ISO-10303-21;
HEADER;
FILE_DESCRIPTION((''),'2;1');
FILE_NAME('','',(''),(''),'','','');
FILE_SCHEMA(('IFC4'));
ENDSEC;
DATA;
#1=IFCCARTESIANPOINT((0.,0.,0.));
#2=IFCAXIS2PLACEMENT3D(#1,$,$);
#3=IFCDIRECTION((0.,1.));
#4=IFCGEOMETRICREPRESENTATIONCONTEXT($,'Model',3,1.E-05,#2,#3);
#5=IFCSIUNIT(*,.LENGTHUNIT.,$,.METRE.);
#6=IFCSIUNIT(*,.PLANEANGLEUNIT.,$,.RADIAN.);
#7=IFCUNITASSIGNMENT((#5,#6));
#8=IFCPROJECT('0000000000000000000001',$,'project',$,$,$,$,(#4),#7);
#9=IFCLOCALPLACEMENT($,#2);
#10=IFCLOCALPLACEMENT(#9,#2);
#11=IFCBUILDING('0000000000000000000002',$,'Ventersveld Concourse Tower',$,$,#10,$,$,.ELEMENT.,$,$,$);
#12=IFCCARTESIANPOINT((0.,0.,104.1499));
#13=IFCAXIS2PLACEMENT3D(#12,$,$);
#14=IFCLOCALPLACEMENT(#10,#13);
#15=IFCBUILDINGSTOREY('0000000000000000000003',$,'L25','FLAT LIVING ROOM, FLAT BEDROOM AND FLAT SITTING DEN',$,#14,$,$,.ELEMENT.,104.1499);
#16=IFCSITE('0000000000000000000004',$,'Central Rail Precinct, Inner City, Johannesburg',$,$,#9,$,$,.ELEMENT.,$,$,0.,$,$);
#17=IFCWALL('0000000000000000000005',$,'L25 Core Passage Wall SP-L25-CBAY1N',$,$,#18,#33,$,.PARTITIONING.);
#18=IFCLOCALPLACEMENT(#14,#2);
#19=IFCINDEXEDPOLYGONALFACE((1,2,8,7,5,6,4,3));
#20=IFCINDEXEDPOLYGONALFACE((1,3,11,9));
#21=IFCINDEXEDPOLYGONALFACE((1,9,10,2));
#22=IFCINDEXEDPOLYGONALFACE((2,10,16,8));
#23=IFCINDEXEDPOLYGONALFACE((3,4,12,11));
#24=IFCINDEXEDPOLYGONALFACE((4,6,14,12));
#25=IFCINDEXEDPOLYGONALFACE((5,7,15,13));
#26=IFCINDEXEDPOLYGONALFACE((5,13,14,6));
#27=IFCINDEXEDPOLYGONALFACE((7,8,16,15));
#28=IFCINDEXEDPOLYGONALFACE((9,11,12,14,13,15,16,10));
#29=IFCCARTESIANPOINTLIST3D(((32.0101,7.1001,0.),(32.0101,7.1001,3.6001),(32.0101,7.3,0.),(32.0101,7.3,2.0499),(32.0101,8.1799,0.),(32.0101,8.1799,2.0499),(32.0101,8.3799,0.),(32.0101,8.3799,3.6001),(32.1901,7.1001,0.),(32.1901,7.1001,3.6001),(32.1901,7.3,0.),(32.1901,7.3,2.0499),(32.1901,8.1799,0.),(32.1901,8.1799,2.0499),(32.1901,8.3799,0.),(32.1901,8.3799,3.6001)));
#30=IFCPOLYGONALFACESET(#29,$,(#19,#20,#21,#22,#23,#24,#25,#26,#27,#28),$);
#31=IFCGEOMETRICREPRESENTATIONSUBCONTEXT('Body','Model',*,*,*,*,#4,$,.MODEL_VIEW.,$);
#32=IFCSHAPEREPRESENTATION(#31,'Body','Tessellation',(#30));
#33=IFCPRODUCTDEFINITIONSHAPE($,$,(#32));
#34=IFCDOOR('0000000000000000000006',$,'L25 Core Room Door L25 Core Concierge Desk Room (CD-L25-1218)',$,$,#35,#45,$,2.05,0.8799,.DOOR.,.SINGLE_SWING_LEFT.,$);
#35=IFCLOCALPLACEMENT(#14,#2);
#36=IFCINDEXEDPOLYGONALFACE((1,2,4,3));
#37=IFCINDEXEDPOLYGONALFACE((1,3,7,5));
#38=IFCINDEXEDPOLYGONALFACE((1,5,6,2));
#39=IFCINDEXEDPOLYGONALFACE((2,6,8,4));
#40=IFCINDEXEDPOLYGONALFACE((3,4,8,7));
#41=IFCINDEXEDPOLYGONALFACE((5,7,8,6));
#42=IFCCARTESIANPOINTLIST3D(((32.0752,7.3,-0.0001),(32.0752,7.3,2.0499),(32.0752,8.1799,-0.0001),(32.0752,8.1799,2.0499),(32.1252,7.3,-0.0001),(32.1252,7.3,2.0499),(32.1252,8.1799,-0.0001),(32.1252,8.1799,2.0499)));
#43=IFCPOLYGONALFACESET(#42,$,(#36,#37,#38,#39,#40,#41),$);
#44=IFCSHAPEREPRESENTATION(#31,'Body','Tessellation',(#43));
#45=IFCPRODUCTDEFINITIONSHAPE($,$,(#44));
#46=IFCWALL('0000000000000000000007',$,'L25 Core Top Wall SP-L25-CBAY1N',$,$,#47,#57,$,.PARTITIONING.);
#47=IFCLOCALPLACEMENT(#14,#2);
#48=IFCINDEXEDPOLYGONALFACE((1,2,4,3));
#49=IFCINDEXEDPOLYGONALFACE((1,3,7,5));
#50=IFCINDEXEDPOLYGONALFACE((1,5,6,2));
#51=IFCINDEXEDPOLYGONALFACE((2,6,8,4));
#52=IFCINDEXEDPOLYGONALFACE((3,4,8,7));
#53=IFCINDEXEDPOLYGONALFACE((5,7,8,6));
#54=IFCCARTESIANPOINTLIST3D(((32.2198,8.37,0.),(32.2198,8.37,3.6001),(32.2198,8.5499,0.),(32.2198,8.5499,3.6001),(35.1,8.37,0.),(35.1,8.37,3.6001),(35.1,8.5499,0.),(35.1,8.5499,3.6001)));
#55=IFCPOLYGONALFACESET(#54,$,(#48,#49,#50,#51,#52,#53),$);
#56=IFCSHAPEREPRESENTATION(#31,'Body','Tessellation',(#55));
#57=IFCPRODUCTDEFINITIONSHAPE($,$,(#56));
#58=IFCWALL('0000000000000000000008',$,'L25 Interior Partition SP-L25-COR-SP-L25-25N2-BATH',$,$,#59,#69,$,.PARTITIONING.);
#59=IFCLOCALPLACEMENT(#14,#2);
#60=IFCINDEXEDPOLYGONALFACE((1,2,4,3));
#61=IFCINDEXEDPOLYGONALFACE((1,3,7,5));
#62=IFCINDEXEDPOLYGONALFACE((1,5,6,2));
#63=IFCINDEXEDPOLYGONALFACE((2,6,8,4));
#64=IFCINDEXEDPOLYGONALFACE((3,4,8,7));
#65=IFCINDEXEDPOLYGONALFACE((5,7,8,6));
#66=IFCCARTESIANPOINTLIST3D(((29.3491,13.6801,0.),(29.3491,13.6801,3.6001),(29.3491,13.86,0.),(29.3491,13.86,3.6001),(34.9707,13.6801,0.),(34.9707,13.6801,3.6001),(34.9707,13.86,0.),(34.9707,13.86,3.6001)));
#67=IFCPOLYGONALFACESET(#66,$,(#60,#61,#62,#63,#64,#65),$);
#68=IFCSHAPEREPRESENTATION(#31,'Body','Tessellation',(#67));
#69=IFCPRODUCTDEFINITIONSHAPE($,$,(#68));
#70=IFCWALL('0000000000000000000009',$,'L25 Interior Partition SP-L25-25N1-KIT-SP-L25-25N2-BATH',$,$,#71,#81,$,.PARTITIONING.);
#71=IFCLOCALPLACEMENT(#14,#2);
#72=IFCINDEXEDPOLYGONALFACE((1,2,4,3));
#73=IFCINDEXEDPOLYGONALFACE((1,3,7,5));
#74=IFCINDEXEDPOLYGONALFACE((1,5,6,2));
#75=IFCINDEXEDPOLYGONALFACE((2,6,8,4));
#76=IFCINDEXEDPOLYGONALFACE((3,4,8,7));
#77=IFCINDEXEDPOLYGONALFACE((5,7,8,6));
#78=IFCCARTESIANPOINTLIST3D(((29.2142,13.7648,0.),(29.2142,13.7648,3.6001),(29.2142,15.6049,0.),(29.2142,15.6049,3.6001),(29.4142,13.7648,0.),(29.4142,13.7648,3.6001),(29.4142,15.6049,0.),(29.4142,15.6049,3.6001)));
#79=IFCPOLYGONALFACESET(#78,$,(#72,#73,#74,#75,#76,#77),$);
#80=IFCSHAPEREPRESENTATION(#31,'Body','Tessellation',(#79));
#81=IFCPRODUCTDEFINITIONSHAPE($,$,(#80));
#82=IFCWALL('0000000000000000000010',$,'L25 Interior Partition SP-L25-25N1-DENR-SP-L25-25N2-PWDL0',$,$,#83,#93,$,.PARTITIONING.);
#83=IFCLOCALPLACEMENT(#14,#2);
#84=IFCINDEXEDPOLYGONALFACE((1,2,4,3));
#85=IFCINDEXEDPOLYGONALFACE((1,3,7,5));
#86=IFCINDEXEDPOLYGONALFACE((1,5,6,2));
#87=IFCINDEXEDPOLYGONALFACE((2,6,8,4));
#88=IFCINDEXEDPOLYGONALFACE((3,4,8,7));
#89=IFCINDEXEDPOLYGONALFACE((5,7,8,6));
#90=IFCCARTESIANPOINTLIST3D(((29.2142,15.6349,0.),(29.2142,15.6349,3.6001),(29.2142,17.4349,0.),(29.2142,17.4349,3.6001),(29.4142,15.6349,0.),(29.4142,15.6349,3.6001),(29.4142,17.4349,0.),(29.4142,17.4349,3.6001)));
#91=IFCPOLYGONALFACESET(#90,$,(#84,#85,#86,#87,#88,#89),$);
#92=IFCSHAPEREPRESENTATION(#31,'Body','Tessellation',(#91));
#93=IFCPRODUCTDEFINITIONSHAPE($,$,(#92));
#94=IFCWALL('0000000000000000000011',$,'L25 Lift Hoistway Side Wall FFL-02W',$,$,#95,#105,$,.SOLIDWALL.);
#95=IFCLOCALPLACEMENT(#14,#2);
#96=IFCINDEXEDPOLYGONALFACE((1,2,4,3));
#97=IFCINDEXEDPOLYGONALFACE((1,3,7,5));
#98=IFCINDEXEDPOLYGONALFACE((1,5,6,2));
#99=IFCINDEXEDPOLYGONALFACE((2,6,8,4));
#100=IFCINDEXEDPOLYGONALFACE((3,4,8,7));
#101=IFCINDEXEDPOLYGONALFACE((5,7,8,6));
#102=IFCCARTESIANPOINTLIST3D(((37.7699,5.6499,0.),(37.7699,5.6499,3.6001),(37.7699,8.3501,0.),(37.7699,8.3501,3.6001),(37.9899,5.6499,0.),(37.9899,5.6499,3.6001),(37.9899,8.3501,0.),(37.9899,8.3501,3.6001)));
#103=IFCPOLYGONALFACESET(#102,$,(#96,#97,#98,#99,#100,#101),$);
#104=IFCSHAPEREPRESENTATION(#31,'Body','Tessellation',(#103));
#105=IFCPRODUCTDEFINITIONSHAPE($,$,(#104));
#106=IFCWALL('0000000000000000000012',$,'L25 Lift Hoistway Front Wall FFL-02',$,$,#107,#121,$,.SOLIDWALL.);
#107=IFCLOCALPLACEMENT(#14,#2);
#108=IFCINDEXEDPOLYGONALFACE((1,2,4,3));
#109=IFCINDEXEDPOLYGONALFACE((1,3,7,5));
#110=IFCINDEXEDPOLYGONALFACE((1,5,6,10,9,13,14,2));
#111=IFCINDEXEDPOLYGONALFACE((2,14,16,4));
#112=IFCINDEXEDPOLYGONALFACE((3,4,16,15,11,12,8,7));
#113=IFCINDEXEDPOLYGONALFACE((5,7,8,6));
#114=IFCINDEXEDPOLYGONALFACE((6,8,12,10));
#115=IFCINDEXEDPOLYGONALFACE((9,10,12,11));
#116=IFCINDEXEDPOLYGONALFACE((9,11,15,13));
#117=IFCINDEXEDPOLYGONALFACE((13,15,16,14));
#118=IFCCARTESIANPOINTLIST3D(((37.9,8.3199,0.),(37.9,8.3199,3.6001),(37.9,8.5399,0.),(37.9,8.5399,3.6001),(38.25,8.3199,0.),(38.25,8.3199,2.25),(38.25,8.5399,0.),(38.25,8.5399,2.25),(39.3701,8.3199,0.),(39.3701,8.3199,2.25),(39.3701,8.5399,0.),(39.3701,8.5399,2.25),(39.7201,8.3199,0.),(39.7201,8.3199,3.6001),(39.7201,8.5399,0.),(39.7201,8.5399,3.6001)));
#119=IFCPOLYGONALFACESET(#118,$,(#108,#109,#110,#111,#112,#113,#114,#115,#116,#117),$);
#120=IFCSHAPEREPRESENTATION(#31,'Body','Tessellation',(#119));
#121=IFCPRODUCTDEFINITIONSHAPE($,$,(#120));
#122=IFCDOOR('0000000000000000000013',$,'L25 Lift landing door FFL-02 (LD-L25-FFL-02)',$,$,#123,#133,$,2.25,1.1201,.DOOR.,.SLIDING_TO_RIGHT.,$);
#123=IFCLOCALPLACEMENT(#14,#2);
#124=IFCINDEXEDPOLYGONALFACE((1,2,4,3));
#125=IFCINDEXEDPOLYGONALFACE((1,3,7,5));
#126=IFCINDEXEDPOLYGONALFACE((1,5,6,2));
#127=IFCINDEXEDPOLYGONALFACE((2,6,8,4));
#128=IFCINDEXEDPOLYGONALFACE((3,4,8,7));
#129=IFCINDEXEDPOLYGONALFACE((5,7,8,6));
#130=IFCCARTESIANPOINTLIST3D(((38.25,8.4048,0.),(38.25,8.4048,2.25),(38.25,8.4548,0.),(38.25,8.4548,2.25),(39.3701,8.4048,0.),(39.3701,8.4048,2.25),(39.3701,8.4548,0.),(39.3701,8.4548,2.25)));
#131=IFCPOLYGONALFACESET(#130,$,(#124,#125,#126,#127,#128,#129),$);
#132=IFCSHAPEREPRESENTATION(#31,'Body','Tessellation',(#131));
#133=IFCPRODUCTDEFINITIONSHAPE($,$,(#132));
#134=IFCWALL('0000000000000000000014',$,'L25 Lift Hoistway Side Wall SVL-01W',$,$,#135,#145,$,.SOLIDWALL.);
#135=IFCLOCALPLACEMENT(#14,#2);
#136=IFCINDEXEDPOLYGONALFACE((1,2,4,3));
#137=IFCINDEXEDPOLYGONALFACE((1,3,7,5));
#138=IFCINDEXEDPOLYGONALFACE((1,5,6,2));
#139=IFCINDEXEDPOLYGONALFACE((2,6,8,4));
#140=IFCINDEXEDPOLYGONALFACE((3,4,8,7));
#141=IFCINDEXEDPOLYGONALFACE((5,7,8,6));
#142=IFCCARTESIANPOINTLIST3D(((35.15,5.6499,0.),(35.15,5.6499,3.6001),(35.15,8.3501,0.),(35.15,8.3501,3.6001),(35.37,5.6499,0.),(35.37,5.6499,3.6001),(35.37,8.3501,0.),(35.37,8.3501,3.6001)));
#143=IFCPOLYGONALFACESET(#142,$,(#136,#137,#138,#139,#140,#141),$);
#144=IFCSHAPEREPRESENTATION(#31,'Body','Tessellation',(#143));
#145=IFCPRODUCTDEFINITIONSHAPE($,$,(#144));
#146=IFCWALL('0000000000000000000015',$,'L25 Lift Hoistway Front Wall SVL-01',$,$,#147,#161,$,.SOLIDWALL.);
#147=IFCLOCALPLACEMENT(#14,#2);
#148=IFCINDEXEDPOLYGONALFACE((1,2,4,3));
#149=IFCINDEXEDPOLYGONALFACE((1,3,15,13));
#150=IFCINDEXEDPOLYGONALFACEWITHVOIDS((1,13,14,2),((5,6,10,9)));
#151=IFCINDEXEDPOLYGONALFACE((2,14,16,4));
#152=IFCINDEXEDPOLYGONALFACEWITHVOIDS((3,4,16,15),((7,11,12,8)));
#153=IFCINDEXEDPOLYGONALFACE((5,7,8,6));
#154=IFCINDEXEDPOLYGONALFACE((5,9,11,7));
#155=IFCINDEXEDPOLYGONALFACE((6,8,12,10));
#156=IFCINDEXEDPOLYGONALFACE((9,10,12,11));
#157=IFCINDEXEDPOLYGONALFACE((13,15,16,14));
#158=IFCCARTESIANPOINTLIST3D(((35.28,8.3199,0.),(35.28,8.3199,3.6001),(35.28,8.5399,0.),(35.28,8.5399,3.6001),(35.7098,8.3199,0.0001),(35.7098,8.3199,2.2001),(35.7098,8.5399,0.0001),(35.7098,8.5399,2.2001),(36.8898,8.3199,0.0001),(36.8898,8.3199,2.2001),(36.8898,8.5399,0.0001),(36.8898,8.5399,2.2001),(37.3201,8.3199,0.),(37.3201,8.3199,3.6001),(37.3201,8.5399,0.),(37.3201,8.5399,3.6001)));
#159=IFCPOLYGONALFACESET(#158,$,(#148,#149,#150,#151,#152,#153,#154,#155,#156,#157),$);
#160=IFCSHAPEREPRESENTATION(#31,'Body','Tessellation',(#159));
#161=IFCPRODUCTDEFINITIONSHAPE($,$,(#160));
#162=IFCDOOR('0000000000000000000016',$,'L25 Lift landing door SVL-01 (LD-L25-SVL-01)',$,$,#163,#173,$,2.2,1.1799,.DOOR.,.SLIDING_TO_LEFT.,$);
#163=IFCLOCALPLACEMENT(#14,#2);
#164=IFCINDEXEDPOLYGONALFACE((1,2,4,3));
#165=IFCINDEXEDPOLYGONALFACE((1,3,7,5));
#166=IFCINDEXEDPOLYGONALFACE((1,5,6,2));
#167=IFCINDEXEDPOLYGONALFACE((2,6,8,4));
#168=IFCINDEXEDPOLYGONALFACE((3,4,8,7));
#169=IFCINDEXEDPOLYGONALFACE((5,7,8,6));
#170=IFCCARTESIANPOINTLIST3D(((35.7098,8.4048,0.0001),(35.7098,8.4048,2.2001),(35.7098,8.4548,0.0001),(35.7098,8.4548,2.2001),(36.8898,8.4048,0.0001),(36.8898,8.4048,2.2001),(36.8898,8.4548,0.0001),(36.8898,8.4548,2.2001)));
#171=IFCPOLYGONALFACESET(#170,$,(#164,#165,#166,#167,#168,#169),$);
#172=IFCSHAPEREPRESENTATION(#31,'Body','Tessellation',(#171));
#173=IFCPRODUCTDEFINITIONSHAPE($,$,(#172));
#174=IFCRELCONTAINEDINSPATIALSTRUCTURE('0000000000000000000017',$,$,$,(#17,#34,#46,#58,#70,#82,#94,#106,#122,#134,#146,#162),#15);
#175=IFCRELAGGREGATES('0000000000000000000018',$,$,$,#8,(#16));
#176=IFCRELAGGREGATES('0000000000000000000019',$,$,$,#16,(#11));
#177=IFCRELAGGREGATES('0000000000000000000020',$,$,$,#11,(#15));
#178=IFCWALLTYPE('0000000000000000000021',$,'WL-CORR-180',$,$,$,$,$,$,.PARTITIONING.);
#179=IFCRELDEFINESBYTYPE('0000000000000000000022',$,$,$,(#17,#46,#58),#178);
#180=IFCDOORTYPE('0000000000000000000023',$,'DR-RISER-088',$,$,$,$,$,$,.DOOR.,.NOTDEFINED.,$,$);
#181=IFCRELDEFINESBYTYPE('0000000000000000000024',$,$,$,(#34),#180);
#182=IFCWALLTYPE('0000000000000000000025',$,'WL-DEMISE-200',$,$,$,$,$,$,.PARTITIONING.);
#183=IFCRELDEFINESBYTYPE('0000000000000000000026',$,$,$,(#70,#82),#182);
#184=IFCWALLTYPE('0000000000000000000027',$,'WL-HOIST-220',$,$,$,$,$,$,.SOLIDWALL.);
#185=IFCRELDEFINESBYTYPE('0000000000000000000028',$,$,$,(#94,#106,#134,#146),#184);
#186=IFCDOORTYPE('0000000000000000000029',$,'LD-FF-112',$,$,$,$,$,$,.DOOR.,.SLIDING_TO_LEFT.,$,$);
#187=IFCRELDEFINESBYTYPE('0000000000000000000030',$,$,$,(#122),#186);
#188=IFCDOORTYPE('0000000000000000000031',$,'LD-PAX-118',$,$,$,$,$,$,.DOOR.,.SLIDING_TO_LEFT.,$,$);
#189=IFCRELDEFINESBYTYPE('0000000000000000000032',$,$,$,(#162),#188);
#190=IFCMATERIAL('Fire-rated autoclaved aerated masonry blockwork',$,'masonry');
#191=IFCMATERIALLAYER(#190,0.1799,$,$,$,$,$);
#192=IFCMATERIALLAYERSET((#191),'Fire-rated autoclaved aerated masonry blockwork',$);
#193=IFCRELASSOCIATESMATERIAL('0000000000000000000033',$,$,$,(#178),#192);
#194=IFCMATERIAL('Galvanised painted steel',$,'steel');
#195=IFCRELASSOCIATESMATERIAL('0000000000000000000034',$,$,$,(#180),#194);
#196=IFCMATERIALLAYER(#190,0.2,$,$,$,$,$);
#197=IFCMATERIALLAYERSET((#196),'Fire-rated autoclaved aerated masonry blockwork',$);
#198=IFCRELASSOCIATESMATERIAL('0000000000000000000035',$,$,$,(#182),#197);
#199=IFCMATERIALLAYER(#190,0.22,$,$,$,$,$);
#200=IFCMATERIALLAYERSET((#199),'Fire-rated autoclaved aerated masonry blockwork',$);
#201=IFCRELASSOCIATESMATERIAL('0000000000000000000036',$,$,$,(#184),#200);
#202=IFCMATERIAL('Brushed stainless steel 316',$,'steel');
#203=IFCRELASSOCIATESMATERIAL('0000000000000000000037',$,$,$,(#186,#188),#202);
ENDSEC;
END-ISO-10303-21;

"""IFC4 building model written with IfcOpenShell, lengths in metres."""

from ifc_helpers import new_model, si_unit, direction, frame, frame_2d, origin, place, context, subcontext, project, spatial, rectangle, extrude, material, layer, layer_set, type_object, element, fill, save


model = new_model("IFC4")

# Units and contexts
model_context = context("Model", 3, precision=1e-05, world=origin(), true_north=direction((0.0, 1.0)))
body_context = subcontext(model_context, "Body", "Model", "MODEL_VIEW")
ifc_project = project(units=[si_unit("LENGTHUNIT", "METRE"), si_unit("PLANEANGLEUNIT", "RADIAN")], contexts=[model_context])

# Site, building, storey
site_placement = place(None, origin())
site = spatial("IfcSite", under=ifc_project, at=site_placement, Name="Central Rail Precinct, Inner City, Johannesburg", CompositionType="ELEMENT", RefElevation=0.0)
building_placement = place(site_placement, origin())
building = spatial("IfcBuilding", under=site, at=building_placement, Name="Ventersveld Concourse Tower", CompositionType="ELEMENT")
storey_placement = place(building_placement, frame((0.0, 0.0, 104.1499)))
storey = spatial("IfcBuildingStorey", under=building, at=storey_placement, Name="L25", Description="FLAT LIVING ROOM, FLAT BEDROOM AND FLAT SITTING DEN", CompositionType="ELEMENT", Elevation=104.1499)

# Shared definitions
ifc_material_1 = material(Name="Fire-rated autoclaved aerated masonry blockwork", Category="masonry")
ifc_layer_1 = layer(ifc_material_1, 0.1799)
ifc_layer_set_1 = layer_set([ifc_layer_1], Name="Fire-rated autoclaved aerated masonry blockwork")
wall_type_1 = type_object("IfcWallType", Name="WL-CORR-180", PredefinedType="PARTITIONING", material=ifc_layer_set_1)
ifc_material_2 = material(Name="Galvanised painted steel", Category="steel")
door_type_1 = type_object("IfcDoorType", Name="DR-RISER-088", OperationType="NOTDEFINED", PredefinedType="DOOR", material=ifc_material_2)

# Wall, opening, door
wall_1_placement = place(storey_placement, frame((32.1001, 7.1001, 0.0), z_axis=(0.0, 0.0, 1.0), x_axis=(0.0, 1.0, 0.0)))
wall_1 = element("IfcWall", 1, at=wall_1_placement, inside=storey, type_object=wall_type_1, Name="L25 Core Passage Wall SP-L25-CBAY1N", PredefinedType="PARTITIONING", context=body_context, shape_type="SweptSolid", body=[
    extrude(rectangle(XDim=1.2798, YDim=0.1799, at=frame_2d((0.6399, 0.0))), origin(), (0.0, 0.0, 1.0), 3.6001),
])
opening_1_placement = place(wall_1_placement, frame((0.2, 0.0, 0.0)))
opening_1 = element("IfcOpeningElement", 2, at=opening_1_placement, cuts=wall_1, PredefinedType="OPENING", context=body_context, shape_type="SweptSolid", body=[
    extrude(rectangle(XDim=0.8799, YDim=2.05, at=frame_2d((0.4399, 1.0249))), frame((0.0, 0.1001, 0.0), z_axis=(0.0, -1.0, 0.0), x_axis=(1.0, 0.0, 0.0)), (0.0, 0.0, 1.0), 0.2),
])
door_1_placement = place(opening_1_placement, origin())
door_1 = element("IfcDoor", 3, at=door_1_placement, inside=storey, type_object=door_type_1, Name="L25 Core Room Door L25 Core Concierge Desk Room (CD-L25-1218)", OperationType="SINGLE_SWING_LEFT", OverallHeight=2.05, OverallWidth=0.8799, PredefinedType="DOOR", context=body_context, shape_type="SweptSolid", body=[
    extrude(rectangle(XDim=0.8799, YDim=2.05, at=frame_2d((0.4399, 1.0249))), frame((0.0, 0.0249, 0.0), z_axis=(0.0, -1.0, 0.0), x_axis=(1.0, 0.0, 0.0)), (0.0, 0.0, 1.0), 0.05),
])
fill(opening_1, door_1)

# Wall
wall_2_placement = place(storey_placement, frame((32.22, 8.46, 0.0), z_axis=(0.0, 0.0, 1.0), x_axis=(1.0, 0.0, 0.0)))
element("IfcWall", 4, at=wall_2_placement, inside=storey, type_object=wall_type_1, Name="L25 Core Top Wall SP-L25-CBAY1N", PredefinedType="PARTITIONING", context=body_context, shape_type="SweptSolid", body=[
    extrude(rectangle(XDim=2.8801, YDim=0.1799, at=frame_2d((1.4399, 0.0))), origin(), (0.0, 0.0, 1.0), 3.6001),
])

# Walls
wall_3_placement = place(storey_placement, frame((29.3491, 13.77, 0.0), z_axis=(0.0, 0.0, 1.0), x_axis=(1.0, 0.0, 0.0)))
element("IfcWall", 5, at=wall_3_placement, inside=storey, type_object=wall_type_1, Name="L25 Interior Partition SP-L25-COR-SP-L25-25N2-BATH", PredefinedType="PARTITIONING", context=body_context, shape_type="SweptSolid", body=[
    extrude(rectangle(XDim=5.6216, YDim=0.1799, at=frame_2d((2.8108, 0.0))), origin(), (0.0, 0.0, 1.0), 3.6001),
])
ifc_layer_2 = layer(ifc_material_1, 0.2)
ifc_layer_set_2 = layer_set([ifc_layer_2], Name="Fire-rated autoclaved aerated masonry blockwork")
wall_type_2 = type_object("IfcWallType", Name="WL-DEMISE-200", PredefinedType="PARTITIONING", material=ifc_layer_set_2)
wall_4_placement = place(storey_placement, frame((29.3142, 13.7649, 0.0), z_axis=(0.0, 0.0, 1.0), x_axis=(0.0, 1.0, 0.0)))
element("IfcWall", 6, at=wall_4_placement, inside=storey, type_object=wall_type_2, Name="L25 Interior Partition SP-L25-25N1-KIT-SP-L25-25N2-BATH", PredefinedType="PARTITIONING", context=body_context, shape_type="SweptSolid", body=[
    extrude(rectangle(XDim=1.8401, YDim=0.2, at=frame_2d((0.9199, 0.0))), origin(), (0.0, 0.0, 1.0), 3.6001),
])
wall_5_placement = place(storey_placement, frame((29.3142, 15.635, 0.0), z_axis=(0.0, 0.0, 1.0), x_axis=(0.0, 1.0, 0.0)))
element("IfcWall", 7, at=wall_5_placement, inside=storey, type_object=wall_type_2, Name="L25 Interior Partition SP-L25-25N1-DENR-SP-L25-25N2-PWDL0", PredefinedType="PARTITIONING", context=body_context, shape_type="SweptSolid", body=[
    extrude(rectangle(XDim=1.8, YDim=0.2, at=frame_2d((0.8999, 0.0))), origin(), (0.0, 0.0, 1.0), 3.6001),
])
ifc_layer_3 = layer(ifc_material_1, 0.22)
ifc_layer_set_3 = layer_set([ifc_layer_3], Name="Fire-rated autoclaved aerated masonry blockwork")
wall_type_3 = type_object("IfcWallType", Name="WL-HOIST-220", PredefinedType="SOLIDWALL", material=ifc_layer_set_3)
wall_6_placement = place(storey_placement, frame((37.8799, 5.6499, 0.0), z_axis=(0.0, 0.0, 1.0), x_axis=(0.0, 1.0, 0.0)))
element("IfcWall", 8, at=wall_6_placement, inside=storey, type_object=wall_type_3, Name="L25 Lift Hoistway Side Wall FFL-02W", PredefinedType="SOLIDWALL", context=body_context, shape_type="SweptSolid", body=[
    extrude(rectangle(XDim=2.7002, YDim=0.22, at=frame_2d((1.3501, 0.0))), origin(), (0.0, 0.0, 1.0), 3.6001),
])

# Wall, opening, door
wall_7_placement = place(storey_placement, frame((37.8999, 8.4299, 0.0), z_axis=(0.0, 0.0, 1.0), x_axis=(1.0, 0.0, 0.0)))
wall_7 = element("IfcWall", 9, at=wall_7_placement, inside=storey, type_object=wall_type_3, Name="L25 Lift Hoistway Front Wall FFL-02", PredefinedType="SOLIDWALL", context=body_context, shape_type="SweptSolid", body=[
    extrude(rectangle(XDim=1.8201, YDim=0.22, at=frame_2d((0.9102, 0.0))), origin(), (0.0, 0.0, 1.0), 3.6001),
])
opening_2_placement = place(wall_7_placement, frame((0.3501, 0.0, 0.0)))
opening_2 = element("IfcOpeningElement", 10, at=opening_2_placement, cuts=wall_7, PredefinedType="OPENING", context=body_context, shape_type="SweptSolid", body=[
    extrude(rectangle(XDim=1.1201, YDim=2.25, at=frame_2d((0.5601, 1.125))), frame((0.0, 0.1201, 0.0), z_axis=(0.0, -1.0, 0.0), x_axis=(1.0, 0.0, 0.0)), (0.0, 0.0, 1.0), 0.24),
])
ifc_material_3 = material(Name="Brushed stainless steel 316", Category="steel")
door_type_2 = type_object("IfcDoorType", Name="LD-FF-112", OperationType="SLIDING_TO_LEFT", PredefinedType="DOOR", material=ifc_material_3)
door_2_placement = place(opening_2_placement, origin())
door_2 = element("IfcDoor", 11, at=door_2_placement, inside=storey, type_object=door_type_2, Name="L25 Lift landing door FFL-02 (LD-L25-FFL-02)", OperationType="SLIDING_TO_RIGHT", OverallHeight=2.25, OverallWidth=1.1201, PredefinedType="DOOR", context=body_context, shape_type="SweptSolid", body=[
    extrude(rectangle(XDim=1.1201, YDim=2.25, at=frame_2d((0.5601, 1.125))), frame((0.0, 0.0249, 0.0), z_axis=(0.0, -1.0, 0.0), x_axis=(1.0, 0.0, 0.0)), (0.0, 0.0, 1.0), 0.05),
])
fill(opening_2, door_2)

# Wall
wall_8_placement = place(storey_placement, frame((35.26, 5.6499, 0.0), z_axis=(0.0, 0.0, 1.0), x_axis=(0.0, 1.0, 0.0)))
element("IfcWall", 12, at=wall_8_placement, inside=storey, type_object=wall_type_3, Name="L25 Lift Hoistway Side Wall SVL-01W", PredefinedType="SOLIDWALL", context=body_context, shape_type="SweptSolid", body=[
    extrude(rectangle(XDim=2.7002, YDim=0.22, at=frame_2d((1.3501, 0.0))), origin(), (0.0, 0.0, 1.0), 3.6001),
])

# Wall, opening, door
wall_9_placement = place(storey_placement, frame((35.28, 8.4299, 0.0), z_axis=(0.0, 0.0, 1.0), x_axis=(1.0, 0.0, 0.0)))
wall_9 = element("IfcWall", 13, at=wall_9_placement, inside=storey, type_object=wall_type_3, Name="L25 Lift Hoistway Front Wall SVL-01", PredefinedType="SOLIDWALL", context=body_context, shape_type="SweptSolid", body=[
    extrude(rectangle(XDim=2.04, YDim=0.22, at=frame_2d((1.02, 0.0))), origin(), (0.0, 0.0, 1.0), 3.6001),
])
opening_3_placement = place(wall_9_placement, frame((0.4299, 0.0, 0.0)))
opening_3 = element("IfcOpeningElement", 14, at=opening_3_placement, cuts=wall_9, PredefinedType="OPENING", context=body_context, shape_type="SweptSolid", body=[
    extrude(rectangle(XDim=1.1799, YDim=2.2, at=frame_2d((0.5898, 1.1001))), frame((0.0, 0.1201, 0.0), z_axis=(0.0, -1.0, 0.0), x_axis=(1.0, 0.0, 0.0)), (0.0, 0.0, 1.0), 0.24),
])
door_type_3 = type_object("IfcDoorType", Name="LD-PAX-118", OperationType="SLIDING_TO_LEFT", PredefinedType="DOOR", material=ifc_material_3)
door_3_placement = place(opening_3_placement, origin())
door_3 = element("IfcDoor", 15, at=door_3_placement, inside=storey, type_object=door_type_3, Name="L25 Lift landing door SVL-01 (LD-L25-SVL-01)", OperationType="SLIDING_TO_LEFT", OverallHeight=2.2, OverallWidth=1.1799, PredefinedType="DOOR", context=body_context, shape_type="SweptSolid", body=[
    extrude(rectangle(XDim=1.1799, YDim=2.2, at=frame_2d((0.5898, 1.1001))), frame((0.0, 0.0249, 0.0), z_axis=(0.0, -1.0, 0.0), x_axis=(1.0, 0.0, 0.0)), (0.0, 0.0, 1.0), 0.05),
])
fill(opening_3, door_3)

save(model, "model.ifc")
